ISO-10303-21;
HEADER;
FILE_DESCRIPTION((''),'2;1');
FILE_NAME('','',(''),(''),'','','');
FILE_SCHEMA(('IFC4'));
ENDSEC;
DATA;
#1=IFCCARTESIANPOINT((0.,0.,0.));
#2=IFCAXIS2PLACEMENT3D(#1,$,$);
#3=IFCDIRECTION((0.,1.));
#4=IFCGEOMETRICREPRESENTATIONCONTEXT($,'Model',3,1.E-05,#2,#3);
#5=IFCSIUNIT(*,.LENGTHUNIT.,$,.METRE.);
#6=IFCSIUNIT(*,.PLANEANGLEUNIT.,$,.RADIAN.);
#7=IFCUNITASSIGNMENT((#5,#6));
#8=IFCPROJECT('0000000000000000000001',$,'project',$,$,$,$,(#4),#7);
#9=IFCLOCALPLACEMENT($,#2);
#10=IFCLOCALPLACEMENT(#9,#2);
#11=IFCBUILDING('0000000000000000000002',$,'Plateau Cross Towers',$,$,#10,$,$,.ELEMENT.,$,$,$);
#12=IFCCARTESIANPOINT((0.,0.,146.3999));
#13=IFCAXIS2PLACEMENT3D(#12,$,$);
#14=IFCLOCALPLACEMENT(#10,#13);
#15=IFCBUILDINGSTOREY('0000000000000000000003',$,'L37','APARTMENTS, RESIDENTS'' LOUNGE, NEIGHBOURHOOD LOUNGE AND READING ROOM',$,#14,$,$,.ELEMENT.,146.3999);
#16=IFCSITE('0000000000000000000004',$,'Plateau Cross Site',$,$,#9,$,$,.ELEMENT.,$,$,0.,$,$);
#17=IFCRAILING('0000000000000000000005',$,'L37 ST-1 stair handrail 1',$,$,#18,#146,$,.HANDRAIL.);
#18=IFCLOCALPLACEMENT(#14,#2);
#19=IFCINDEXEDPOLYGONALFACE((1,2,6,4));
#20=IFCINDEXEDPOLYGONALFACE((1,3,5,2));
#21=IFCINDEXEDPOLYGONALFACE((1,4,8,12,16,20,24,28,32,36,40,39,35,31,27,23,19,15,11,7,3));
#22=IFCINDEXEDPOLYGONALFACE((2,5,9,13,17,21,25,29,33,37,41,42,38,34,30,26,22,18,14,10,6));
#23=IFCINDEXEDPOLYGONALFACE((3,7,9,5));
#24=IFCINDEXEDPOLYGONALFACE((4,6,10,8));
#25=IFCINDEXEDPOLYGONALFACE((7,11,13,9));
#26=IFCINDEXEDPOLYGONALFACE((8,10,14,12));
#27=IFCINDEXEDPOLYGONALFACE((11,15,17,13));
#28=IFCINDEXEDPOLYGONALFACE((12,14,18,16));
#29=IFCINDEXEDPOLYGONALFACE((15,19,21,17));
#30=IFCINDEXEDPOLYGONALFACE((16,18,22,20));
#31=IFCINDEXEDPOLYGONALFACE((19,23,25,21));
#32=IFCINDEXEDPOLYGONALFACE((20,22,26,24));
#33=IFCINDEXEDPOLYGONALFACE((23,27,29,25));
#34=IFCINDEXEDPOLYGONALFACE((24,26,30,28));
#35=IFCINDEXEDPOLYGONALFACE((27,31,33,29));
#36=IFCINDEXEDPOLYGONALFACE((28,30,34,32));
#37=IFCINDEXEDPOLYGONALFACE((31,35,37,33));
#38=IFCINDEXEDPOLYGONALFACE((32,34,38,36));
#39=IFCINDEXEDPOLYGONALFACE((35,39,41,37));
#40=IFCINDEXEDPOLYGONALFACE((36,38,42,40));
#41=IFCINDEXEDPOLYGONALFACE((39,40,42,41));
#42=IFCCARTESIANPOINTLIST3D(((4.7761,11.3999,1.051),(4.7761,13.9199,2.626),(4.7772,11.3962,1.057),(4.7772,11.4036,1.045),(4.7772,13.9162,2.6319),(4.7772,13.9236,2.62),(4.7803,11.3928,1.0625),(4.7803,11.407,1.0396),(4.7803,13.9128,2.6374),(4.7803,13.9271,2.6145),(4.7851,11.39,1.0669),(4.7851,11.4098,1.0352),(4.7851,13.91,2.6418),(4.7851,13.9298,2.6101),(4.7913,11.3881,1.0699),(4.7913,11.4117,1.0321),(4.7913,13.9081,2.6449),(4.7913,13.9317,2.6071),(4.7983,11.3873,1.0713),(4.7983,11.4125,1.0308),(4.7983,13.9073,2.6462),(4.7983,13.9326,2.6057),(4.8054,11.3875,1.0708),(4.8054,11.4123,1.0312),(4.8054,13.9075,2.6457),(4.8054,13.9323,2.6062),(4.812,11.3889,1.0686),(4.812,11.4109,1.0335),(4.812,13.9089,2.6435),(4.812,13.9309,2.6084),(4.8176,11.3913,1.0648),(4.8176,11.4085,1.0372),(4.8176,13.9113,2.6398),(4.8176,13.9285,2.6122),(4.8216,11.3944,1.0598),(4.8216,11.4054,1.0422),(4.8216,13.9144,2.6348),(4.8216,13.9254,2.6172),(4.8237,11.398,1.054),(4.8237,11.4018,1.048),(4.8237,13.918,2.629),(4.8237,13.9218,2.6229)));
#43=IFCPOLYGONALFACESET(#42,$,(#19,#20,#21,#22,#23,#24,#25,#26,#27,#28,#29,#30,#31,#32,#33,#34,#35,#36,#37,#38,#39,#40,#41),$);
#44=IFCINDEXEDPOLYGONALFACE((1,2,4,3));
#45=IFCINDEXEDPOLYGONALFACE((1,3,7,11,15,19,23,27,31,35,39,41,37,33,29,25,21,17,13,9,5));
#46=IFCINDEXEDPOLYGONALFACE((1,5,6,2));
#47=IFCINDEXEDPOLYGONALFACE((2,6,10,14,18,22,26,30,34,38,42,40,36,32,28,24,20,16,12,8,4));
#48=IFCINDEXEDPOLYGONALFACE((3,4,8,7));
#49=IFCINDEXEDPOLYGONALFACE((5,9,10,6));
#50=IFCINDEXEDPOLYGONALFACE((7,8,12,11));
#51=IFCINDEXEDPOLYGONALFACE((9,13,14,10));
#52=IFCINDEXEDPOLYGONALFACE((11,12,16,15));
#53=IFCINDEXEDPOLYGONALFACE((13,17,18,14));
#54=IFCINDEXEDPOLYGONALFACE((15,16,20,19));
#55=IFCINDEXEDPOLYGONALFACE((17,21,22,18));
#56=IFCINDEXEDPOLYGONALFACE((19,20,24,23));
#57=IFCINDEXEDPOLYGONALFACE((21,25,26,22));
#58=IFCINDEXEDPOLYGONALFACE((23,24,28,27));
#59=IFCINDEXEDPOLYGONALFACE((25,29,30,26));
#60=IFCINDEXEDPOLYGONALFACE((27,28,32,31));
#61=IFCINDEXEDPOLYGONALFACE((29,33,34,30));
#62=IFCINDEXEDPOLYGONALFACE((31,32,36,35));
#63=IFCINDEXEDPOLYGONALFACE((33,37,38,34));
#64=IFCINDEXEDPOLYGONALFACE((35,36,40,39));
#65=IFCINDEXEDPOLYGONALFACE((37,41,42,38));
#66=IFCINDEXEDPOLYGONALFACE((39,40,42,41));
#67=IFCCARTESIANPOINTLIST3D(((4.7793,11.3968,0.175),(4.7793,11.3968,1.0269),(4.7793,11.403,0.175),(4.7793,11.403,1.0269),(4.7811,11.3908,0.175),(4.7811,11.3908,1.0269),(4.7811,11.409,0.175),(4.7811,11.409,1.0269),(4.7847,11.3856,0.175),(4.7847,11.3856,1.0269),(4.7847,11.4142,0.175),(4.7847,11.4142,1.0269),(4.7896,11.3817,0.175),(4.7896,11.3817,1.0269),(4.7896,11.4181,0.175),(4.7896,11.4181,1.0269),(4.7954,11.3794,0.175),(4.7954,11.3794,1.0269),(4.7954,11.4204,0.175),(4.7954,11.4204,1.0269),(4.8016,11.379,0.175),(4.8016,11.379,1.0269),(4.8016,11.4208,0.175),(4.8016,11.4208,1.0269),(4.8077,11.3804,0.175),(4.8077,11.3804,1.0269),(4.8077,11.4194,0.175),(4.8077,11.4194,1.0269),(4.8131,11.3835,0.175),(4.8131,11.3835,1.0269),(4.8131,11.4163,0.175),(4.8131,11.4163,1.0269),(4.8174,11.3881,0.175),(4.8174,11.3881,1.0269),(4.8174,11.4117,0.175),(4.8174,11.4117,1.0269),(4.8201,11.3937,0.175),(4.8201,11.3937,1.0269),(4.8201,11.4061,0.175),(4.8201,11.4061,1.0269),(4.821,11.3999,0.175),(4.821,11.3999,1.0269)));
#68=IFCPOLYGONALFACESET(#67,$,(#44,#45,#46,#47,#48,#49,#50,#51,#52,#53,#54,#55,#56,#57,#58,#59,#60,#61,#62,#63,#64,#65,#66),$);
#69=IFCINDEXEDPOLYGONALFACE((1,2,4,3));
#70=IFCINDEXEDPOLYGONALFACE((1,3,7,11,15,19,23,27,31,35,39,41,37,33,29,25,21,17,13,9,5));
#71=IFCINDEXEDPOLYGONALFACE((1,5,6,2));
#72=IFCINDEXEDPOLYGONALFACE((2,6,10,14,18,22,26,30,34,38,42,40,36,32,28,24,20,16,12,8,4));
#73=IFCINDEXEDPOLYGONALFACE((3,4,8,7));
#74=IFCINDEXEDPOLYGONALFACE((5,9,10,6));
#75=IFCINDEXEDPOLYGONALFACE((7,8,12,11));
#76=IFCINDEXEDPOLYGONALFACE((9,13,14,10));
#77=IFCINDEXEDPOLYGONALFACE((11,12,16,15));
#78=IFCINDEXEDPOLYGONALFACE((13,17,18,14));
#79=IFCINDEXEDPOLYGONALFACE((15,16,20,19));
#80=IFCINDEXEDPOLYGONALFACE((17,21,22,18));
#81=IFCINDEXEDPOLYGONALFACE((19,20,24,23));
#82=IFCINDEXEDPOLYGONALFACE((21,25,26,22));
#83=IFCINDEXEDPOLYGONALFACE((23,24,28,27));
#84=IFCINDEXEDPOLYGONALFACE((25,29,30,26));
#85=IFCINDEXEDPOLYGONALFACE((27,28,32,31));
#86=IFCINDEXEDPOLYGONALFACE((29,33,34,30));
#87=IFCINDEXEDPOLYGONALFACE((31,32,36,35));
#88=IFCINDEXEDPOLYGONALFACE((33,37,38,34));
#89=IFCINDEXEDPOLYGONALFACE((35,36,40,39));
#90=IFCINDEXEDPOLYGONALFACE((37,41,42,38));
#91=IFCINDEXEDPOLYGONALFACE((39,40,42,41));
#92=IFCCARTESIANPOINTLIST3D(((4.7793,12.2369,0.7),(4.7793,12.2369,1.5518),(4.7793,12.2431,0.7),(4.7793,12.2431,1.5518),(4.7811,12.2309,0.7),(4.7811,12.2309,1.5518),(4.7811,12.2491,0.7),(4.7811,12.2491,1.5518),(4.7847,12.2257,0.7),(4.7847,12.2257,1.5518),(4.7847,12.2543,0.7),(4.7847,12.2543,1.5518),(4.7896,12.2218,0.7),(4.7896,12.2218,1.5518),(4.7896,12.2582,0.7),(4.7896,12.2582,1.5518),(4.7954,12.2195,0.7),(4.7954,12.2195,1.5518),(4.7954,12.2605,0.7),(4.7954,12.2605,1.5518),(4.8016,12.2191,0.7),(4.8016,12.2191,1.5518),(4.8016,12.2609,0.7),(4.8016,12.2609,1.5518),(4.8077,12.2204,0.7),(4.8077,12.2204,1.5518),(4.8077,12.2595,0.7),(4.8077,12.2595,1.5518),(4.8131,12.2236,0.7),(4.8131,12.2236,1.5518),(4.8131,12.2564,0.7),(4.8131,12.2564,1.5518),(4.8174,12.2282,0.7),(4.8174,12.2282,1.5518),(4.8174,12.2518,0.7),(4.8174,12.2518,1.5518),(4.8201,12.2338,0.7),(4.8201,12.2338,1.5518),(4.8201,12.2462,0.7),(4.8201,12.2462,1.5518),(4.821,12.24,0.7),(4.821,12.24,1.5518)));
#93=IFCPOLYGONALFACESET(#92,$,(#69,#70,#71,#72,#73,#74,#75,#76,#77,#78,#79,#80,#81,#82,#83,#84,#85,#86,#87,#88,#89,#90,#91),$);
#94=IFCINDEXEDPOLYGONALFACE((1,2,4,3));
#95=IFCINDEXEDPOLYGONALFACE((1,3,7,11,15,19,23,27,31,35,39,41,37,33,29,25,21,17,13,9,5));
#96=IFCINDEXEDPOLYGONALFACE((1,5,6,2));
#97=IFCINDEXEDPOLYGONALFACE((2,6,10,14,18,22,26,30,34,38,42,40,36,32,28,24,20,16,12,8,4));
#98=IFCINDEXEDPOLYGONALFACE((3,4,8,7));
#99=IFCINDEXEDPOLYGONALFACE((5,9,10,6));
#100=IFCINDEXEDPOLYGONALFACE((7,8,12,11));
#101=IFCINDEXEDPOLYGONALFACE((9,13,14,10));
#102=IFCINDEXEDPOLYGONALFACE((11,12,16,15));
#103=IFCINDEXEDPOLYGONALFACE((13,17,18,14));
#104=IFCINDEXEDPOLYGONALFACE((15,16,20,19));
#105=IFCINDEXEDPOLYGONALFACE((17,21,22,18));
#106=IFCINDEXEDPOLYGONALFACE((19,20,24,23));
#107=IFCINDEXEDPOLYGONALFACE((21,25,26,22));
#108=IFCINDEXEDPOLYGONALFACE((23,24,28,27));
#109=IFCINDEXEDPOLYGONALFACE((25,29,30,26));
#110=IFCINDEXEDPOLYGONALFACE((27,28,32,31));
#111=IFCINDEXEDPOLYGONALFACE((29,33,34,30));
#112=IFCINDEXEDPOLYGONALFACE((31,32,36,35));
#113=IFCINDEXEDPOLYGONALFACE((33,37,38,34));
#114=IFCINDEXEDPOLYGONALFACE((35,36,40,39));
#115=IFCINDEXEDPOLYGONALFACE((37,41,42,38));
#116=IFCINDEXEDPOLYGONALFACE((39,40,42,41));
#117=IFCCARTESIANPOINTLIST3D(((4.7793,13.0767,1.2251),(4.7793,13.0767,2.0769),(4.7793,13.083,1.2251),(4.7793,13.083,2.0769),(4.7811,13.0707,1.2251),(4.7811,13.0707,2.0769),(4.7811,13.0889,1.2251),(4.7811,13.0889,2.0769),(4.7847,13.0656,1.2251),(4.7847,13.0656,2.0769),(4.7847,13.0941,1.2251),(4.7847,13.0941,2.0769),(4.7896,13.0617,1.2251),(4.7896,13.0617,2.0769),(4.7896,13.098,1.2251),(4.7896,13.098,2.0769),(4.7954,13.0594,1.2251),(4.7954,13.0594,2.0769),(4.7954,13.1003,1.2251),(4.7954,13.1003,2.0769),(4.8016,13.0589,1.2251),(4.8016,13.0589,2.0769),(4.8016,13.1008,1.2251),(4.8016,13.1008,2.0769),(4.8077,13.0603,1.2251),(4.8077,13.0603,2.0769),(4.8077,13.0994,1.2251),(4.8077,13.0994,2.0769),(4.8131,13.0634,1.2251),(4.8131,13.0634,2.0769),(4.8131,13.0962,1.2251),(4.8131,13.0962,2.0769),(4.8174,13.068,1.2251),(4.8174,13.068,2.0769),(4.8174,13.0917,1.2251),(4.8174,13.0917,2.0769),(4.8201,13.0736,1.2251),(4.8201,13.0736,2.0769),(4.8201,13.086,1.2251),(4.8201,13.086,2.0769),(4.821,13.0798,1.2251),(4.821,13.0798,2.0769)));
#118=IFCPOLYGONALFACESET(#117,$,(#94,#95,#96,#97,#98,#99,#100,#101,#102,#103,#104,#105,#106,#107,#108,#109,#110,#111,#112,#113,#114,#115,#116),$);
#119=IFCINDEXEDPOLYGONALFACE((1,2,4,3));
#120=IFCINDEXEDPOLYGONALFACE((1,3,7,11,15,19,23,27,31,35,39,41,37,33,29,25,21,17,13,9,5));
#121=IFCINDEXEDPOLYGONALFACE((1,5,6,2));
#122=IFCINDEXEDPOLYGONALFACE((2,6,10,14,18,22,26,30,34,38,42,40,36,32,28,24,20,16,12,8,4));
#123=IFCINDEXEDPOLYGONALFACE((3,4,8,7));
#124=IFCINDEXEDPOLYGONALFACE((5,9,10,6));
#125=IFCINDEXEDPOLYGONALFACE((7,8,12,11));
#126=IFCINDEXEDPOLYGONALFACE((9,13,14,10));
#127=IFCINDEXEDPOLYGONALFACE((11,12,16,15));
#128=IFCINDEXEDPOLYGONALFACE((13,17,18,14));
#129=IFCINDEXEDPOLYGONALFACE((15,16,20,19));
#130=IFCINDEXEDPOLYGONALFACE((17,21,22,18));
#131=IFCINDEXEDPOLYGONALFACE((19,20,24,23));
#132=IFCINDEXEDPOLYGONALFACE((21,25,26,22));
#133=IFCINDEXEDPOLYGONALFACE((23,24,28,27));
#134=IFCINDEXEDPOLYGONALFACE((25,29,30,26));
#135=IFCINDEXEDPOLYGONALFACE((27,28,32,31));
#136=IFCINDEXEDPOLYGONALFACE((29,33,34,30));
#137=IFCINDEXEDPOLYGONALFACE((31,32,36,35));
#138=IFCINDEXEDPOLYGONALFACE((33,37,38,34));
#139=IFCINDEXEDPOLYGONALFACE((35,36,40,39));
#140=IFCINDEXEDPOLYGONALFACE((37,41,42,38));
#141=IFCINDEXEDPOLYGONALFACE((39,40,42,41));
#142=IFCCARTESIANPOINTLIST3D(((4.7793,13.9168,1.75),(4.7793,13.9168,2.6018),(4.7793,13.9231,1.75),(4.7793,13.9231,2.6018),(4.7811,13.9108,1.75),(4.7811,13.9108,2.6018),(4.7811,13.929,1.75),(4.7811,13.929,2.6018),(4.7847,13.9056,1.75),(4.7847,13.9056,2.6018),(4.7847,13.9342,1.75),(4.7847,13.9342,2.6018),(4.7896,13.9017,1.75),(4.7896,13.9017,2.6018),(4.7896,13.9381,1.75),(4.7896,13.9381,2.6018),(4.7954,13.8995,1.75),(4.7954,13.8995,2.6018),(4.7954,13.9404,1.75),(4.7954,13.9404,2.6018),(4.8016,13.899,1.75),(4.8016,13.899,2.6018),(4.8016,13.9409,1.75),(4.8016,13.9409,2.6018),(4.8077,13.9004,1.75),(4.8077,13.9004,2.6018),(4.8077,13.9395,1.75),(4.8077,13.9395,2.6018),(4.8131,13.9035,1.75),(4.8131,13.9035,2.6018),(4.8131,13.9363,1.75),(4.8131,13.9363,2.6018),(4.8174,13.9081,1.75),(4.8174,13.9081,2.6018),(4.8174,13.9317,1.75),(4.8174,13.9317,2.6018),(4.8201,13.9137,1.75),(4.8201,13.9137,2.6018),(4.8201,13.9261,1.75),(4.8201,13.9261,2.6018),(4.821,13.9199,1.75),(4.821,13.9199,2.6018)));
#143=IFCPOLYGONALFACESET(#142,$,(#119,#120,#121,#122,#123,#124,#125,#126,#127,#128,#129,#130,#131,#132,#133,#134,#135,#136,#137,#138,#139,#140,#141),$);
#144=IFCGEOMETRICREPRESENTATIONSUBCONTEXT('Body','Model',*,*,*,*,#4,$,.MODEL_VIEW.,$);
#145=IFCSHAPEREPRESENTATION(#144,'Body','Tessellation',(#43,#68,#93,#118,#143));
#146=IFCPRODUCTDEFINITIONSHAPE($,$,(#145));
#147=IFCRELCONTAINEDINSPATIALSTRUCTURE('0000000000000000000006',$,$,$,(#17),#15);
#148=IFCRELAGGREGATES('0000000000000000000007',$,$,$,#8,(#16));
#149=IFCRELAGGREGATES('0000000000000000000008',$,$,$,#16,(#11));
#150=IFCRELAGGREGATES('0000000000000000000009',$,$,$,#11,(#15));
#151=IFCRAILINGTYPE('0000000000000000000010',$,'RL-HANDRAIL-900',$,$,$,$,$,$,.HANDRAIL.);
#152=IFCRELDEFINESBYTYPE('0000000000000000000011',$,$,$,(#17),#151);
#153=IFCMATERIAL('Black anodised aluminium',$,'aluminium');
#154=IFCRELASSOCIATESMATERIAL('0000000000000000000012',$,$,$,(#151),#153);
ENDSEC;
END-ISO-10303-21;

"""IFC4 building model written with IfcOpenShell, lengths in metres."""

from ifc_helpers import new_model, si_unit, direction, frame, origin, origin_2d, place, context, subcontext, project, spatial, circle, extrude, material, type_object, element, save


model = new_model("IFC4")

# Units and contexts
model_context = context("Model", 3, precision=1e-05, world=origin(), true_north=direction((0.0, 1.0)))
body_context = subcontext(model_context, "Body", "Model", "MODEL_VIEW")
ifc_project = project(units=[si_unit("LENGTHUNIT", "METRE"), si_unit("PLANEANGLEUNIT", "RADIAN")], contexts=[model_context])

# Site, building, storey
site_placement = place(None, origin())
site = spatial("IfcSite", under=ifc_project, at=site_placement, Name="Plateau Cross Site", CompositionType="ELEMENT", RefElevation=0.0)
building_placement = place(site_placement, origin())
building = spatial("IfcBuilding", under=site, at=building_placement, Name="Plateau Cross Towers", CompositionType="ELEMENT")
storey_placement = place(building_placement, frame((0.0, 0.0, 146.3999)))
storey = spatial("IfcBuildingStorey", under=building, at=storey_placement, Name="L37", Description="APARTMENTS, RESIDENTS' LOUNGE, NEIGHBOURHOOD LOUNGE AND READING ROOM", CompositionType="ELEMENT", Elevation=146.3999)

# Shared definitions
ifc_material_1 = material(Name="Black anodised aluminium", Category="aluminium")

# Railing
railing_type_1 = type_object("IfcRailingType", Name="RL-HANDRAIL-900", PredefinedType="HANDRAIL", material=ifc_material_1)
railing_1_placement = place(storey_placement, frame((4.8, 11.3999, 0.175)))
element("IfcRailing", 1, at=railing_1_placement, inside=storey, type_object=railing_type_1, Name="L37 ST-1 stair handrail 1", PredefinedType="HANDRAIL", context=body_context, shape_type="SweptSolid", body=[
    extrude(circle(Radius=0.0239, at=origin_2d()), frame((0.0, 0.0, 0.876), z_axis=(0.0, 0.848008, 0.529984), x_axis=(-1.0, 0.0, 0.0)), (0.0, 0.0, 1.0), 2.9717),
    extrude(circle(Radius=0.021, at=origin_2d()), origin(), (0.0, 0.0, 1.0), 0.8518),
    extrude(circle(Radius=0.021, at=origin_2d()), frame((0.0, 0.8401, 0.5249)), (0.0, 0.0, 1.0), 0.8518),
    extrude(circle(Radius=0.021, at=origin_2d()), frame((0.0, 1.6799, 1.05)), (0.0, 0.0, 1.0), 0.8518),
    extrude(circle(Radius=0.021, at=origin_2d()), frame((0.0, 2.52, 1.575)), (0.0, 0.0, 1.0), 0.8518),
])

save(model, "model.ifc")
